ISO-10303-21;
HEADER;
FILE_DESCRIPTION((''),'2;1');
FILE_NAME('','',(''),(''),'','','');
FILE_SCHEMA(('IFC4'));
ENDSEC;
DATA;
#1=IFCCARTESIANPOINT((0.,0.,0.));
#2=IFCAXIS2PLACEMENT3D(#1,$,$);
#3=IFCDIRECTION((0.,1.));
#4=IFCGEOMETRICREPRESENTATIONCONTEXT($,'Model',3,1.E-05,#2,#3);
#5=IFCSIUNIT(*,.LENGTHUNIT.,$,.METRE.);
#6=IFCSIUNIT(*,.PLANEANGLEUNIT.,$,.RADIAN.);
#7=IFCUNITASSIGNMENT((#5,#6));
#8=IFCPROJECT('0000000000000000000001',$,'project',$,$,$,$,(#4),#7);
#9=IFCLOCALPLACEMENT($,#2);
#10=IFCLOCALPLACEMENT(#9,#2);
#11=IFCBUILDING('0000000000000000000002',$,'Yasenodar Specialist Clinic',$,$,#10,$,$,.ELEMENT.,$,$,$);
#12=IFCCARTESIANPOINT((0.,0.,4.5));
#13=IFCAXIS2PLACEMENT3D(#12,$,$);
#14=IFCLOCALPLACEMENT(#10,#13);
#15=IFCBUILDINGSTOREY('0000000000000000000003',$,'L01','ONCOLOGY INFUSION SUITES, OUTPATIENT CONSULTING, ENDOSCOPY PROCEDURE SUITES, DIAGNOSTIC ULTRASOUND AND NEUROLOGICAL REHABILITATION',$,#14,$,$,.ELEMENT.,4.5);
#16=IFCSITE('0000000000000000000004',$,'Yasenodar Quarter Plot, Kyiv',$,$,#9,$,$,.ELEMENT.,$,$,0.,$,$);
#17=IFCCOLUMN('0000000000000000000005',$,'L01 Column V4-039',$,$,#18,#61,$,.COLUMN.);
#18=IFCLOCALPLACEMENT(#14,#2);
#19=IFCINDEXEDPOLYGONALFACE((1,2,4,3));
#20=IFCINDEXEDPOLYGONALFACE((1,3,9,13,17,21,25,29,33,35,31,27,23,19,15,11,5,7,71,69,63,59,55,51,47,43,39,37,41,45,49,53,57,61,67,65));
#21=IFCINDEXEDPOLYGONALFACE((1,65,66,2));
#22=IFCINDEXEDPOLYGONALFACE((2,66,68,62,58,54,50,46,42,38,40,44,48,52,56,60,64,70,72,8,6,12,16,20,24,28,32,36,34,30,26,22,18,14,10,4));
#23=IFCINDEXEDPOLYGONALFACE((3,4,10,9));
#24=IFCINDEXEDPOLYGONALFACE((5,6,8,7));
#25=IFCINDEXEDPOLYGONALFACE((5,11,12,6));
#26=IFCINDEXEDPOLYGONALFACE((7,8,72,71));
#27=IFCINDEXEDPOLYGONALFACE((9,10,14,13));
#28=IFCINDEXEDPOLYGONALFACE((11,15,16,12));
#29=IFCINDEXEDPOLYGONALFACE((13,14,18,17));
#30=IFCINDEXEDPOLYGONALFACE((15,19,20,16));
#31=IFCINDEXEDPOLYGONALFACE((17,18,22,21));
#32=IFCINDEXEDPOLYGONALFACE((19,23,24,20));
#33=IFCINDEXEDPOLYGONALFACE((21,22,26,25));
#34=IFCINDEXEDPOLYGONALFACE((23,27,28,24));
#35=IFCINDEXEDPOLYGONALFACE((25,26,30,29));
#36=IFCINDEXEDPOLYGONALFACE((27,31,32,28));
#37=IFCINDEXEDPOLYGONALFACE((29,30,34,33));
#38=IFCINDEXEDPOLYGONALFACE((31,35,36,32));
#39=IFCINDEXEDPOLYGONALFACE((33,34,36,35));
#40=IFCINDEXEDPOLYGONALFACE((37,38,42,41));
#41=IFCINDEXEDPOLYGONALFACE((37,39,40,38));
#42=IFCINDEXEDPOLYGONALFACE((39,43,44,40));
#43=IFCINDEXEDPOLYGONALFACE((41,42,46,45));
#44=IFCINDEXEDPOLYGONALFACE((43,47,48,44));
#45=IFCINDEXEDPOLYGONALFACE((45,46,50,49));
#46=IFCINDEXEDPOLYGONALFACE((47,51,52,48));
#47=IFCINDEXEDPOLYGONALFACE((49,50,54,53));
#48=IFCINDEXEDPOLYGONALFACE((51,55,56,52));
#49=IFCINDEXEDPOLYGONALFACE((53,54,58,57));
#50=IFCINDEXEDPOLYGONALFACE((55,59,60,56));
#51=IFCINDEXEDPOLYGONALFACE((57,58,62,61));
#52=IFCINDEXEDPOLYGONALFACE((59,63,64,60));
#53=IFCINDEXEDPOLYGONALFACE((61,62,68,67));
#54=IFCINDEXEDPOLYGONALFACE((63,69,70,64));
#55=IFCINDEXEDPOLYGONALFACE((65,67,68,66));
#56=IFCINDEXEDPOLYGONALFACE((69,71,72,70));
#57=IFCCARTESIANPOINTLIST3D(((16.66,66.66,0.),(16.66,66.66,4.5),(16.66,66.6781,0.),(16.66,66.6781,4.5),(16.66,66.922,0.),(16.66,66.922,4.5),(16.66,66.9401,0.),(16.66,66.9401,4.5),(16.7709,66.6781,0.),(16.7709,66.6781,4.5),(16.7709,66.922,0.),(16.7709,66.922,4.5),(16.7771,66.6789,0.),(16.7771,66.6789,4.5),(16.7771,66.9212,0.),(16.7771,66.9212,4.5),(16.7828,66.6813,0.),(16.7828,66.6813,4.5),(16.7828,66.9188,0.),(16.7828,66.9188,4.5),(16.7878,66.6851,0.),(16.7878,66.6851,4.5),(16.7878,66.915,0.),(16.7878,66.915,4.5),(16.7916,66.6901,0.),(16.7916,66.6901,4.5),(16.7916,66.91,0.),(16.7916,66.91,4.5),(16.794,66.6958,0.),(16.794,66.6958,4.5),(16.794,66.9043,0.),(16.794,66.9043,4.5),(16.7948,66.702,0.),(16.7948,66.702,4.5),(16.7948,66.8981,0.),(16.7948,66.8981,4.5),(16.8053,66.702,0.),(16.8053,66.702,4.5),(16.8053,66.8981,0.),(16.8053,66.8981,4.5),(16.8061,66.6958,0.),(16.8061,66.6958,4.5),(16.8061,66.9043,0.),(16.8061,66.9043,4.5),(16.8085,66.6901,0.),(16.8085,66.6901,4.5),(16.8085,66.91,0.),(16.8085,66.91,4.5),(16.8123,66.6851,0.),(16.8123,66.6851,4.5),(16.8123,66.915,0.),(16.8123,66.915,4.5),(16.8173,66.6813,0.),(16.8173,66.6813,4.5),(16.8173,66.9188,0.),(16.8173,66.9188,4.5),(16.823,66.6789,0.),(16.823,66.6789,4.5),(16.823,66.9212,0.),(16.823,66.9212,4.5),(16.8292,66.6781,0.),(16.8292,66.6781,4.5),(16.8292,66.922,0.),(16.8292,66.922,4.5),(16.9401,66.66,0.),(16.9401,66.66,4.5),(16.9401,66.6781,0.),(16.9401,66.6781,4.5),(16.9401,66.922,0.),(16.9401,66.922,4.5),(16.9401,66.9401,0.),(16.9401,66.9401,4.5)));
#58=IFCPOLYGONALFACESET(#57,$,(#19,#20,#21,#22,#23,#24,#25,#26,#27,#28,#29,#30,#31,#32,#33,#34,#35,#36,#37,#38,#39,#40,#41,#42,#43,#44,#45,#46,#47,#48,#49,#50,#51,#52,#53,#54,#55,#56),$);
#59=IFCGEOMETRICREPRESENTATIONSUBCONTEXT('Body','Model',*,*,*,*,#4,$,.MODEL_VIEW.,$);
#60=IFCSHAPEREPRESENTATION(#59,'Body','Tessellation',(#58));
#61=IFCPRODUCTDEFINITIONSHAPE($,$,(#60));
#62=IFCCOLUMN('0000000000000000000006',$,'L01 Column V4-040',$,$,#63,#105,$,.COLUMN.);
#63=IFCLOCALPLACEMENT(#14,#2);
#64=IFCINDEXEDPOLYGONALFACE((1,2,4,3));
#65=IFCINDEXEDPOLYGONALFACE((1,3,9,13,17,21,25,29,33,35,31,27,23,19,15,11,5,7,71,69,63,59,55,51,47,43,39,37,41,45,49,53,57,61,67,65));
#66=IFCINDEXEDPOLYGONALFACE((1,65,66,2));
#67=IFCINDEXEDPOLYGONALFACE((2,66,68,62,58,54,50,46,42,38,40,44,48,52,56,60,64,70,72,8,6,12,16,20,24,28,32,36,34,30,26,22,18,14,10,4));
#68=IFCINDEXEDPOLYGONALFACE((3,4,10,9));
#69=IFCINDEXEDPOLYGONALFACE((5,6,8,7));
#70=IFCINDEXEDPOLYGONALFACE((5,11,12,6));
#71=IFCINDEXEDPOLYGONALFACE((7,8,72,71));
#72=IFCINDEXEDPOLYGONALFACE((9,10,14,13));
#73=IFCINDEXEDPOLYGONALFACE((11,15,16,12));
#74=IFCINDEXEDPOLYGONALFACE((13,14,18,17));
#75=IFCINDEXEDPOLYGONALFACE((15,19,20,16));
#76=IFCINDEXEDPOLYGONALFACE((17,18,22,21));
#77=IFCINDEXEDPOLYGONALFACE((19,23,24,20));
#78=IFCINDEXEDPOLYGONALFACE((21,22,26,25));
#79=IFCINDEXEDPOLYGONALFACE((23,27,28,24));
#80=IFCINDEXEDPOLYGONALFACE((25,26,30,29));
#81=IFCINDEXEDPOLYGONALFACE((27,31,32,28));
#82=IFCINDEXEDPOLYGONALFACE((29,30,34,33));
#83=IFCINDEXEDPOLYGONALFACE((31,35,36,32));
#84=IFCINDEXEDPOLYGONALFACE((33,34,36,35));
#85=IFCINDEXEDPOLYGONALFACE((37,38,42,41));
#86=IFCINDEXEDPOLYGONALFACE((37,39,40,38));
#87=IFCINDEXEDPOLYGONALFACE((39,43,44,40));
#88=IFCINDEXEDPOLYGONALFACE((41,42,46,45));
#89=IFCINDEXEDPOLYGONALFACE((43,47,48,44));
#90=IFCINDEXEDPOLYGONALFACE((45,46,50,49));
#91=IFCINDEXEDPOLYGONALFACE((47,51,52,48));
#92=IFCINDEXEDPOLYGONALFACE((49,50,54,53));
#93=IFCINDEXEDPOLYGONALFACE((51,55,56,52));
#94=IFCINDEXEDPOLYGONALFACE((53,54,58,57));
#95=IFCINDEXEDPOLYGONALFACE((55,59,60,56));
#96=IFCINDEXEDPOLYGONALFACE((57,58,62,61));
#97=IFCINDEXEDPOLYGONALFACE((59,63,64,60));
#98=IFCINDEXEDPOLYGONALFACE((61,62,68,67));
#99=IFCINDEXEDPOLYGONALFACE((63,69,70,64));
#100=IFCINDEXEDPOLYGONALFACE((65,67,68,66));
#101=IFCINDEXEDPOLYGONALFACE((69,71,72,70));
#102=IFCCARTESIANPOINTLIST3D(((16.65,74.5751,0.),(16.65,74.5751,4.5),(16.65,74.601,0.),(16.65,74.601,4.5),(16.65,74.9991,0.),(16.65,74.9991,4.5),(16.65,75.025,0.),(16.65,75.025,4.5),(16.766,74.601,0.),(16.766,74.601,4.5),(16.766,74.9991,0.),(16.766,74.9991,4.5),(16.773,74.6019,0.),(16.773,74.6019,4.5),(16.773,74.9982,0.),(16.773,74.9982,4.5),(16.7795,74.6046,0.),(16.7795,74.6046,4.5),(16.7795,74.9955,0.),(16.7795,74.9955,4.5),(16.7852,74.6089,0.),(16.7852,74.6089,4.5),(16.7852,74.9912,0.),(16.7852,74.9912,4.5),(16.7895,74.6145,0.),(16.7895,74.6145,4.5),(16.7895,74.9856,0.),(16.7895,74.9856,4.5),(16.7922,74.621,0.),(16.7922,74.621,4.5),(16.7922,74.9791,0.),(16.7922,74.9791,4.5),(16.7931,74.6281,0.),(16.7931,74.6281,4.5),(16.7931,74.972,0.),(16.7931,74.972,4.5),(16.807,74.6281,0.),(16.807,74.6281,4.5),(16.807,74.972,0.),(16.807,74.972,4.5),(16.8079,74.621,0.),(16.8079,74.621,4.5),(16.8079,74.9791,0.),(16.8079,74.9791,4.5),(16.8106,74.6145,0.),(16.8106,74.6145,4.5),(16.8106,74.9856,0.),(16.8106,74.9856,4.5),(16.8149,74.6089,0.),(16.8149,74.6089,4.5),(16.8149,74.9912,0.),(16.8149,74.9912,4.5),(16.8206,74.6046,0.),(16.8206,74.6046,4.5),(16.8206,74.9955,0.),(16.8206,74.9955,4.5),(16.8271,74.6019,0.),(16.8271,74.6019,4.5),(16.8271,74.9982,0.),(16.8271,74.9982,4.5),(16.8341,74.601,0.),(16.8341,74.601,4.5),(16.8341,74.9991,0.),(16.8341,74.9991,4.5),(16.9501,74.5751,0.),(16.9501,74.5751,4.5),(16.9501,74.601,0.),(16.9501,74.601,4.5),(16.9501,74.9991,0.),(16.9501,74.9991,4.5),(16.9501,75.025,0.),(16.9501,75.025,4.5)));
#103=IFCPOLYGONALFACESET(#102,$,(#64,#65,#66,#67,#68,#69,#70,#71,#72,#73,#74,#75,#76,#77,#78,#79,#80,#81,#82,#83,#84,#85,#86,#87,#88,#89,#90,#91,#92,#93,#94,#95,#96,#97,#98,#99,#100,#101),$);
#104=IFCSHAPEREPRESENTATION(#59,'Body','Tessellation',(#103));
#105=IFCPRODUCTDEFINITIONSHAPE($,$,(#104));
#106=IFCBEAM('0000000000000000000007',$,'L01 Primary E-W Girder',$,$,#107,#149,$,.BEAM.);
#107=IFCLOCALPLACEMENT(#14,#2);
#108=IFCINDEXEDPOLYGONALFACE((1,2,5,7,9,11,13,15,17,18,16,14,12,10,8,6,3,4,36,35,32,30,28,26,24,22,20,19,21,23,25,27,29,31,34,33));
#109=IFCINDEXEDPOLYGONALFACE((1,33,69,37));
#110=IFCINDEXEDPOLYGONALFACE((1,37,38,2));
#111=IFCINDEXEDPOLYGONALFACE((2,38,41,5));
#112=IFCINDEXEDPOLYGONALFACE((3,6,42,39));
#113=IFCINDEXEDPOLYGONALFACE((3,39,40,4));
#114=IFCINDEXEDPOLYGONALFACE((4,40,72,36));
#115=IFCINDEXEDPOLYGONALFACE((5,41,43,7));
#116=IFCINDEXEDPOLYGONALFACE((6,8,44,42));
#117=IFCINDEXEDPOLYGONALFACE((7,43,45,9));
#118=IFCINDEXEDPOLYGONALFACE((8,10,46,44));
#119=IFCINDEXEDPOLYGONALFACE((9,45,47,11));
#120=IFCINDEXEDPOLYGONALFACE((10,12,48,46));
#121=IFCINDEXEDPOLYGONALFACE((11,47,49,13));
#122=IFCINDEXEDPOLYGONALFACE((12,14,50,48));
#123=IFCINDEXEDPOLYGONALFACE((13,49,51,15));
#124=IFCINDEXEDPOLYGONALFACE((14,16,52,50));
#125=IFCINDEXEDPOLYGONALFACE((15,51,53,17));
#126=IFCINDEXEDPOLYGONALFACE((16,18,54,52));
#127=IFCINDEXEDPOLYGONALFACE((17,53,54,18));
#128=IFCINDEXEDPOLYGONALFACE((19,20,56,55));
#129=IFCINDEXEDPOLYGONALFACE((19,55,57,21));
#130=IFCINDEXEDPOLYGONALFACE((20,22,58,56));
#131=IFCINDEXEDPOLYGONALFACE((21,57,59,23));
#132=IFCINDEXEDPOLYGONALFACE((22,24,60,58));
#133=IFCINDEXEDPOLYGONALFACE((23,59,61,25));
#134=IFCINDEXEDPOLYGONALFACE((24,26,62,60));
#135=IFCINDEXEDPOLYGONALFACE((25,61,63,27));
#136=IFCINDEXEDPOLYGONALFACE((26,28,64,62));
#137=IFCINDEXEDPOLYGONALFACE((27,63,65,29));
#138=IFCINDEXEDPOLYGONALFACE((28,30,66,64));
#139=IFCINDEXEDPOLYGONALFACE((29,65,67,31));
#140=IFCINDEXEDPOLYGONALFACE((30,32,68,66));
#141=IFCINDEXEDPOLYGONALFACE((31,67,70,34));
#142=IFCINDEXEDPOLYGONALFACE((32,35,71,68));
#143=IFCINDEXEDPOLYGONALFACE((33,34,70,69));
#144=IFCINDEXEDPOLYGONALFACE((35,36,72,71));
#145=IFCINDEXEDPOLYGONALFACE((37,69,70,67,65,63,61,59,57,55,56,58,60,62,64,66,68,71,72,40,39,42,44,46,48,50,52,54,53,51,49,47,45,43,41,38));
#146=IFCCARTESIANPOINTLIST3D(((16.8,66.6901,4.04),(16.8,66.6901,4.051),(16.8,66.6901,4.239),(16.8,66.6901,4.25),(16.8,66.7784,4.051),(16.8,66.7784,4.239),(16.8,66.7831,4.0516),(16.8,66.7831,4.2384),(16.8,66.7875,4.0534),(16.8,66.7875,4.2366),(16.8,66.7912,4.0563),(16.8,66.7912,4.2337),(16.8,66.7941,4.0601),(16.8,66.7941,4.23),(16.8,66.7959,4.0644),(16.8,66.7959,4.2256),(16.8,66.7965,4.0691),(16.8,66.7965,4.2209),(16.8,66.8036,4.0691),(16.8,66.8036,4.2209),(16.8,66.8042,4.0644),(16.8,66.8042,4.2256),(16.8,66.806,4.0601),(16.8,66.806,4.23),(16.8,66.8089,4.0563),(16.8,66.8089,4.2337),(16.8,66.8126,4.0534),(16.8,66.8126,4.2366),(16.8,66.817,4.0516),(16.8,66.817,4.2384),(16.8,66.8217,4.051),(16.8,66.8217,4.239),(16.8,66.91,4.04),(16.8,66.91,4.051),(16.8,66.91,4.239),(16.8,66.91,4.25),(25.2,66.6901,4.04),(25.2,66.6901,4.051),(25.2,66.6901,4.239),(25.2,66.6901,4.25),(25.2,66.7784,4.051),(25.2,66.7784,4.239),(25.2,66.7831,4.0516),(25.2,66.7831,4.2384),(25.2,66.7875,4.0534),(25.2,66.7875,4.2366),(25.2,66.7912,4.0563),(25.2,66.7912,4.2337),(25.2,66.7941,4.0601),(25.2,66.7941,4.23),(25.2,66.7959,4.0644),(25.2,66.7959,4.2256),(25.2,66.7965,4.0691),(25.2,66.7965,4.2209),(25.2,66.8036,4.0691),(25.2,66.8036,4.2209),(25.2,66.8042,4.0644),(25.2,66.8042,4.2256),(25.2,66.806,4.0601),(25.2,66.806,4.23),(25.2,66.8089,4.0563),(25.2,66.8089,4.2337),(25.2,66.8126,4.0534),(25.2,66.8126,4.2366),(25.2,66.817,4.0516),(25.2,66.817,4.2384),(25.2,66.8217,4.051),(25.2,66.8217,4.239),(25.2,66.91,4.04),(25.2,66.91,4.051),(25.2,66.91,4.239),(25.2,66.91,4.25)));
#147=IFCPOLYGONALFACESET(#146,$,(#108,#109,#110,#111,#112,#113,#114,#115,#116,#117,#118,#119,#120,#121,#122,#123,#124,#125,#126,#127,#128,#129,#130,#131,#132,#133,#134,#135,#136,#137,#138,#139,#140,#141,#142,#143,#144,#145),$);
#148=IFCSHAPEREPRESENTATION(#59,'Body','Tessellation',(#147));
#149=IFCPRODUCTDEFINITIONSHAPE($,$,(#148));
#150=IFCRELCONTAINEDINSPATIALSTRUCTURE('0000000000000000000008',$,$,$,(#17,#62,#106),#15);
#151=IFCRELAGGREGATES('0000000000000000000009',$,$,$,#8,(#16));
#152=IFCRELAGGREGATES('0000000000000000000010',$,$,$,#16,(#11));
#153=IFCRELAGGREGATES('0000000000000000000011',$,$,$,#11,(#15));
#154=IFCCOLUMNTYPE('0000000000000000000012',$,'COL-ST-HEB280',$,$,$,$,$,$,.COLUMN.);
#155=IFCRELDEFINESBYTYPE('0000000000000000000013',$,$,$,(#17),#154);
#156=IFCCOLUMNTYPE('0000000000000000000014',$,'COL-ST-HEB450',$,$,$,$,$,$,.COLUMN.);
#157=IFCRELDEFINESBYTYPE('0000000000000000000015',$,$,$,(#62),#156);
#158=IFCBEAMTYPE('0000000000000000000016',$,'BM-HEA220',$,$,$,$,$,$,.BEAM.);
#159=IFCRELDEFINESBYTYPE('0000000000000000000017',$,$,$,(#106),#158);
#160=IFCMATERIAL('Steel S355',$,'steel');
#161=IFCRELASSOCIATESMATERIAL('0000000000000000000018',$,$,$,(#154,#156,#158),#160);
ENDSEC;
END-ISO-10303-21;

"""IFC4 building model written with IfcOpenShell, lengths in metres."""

from ifc_helpers import new_model, si_unit, direction, frame, origin, origin_2d, place, context, subcontext, project, spatial, i_section, extrude, material, material_profile, profile_set, type_object, element, save


model = new_model("IFC4")

# Units and contexts
model_context = context("Model", 3, precision=1e-05, world=origin(), true_north=direction((0.0, 1.0)))
body_context = subcontext(model_context, "Body", "Model", "MODEL_VIEW")
ifc_project = project(units=[si_unit("LENGTHUNIT", "METRE"), si_unit("PLANEANGLEUNIT", "RADIAN")], contexts=[model_context])

# Site, building, storey
site_placement = place(None, origin())
site = spatial("IfcSite", under=ifc_project, at=site_placement, Name="Yasenodar Quarter Plot, Kyiv", CompositionType="ELEMENT", RefElevation=0.0)
building_placement = place(site_placement, origin())
building = spatial("IfcBuilding", under=site, at=building_placement, Name="Yasenodar Specialist Clinic", CompositionType="ELEMENT")
storey_placement = place(building_placement, frame((0.0, 0.0, 4.5)))
storey = spatial("IfcBuildingStorey", under=building, at=storey_placement, Name="L01", Description="ONCOLOGY INFUSION SUITES, OUTPATIENT CONSULTING, ENDOSCOPY PROCEDURE SUITES, DIAGNOSTIC ULTRASOUND AND NEUROLOGICAL REHABILITATION", CompositionType="ELEMENT", Elevation=4.5)

# Columns
ifc_material_1 = material(Name="Steel S355", Category="steel")
ifc_material_profile_1 = material_profile(ifc_material_1, i_section(OverallWidth=0.28, OverallDepth=0.28, WebThickness=0.0105, FlangeThickness=0.0181, FilletRadius=0.0239, at=origin_2d()), Name="HEB 280")
ifc_profile_set_1 = profile_set([ifc_material_profile_1], Name="Steel S355")
column_type_1 = type_object("IfcColumnType", Name="COL-ST-HEB280", PredefinedType="COLUMN", material=ifc_profile_set_1)
column_1_placement = place(storey_placement, frame((16.8, 66.8, 0.0), z_axis=(0.0, 0.0, 1.0), x_axis=(1.0, 0.0, 0.0)))
element("IfcColumn", 1, at=column_1_placement, inside=storey, type_object=column_type_1, Name="L01 Column V4-039", PredefinedType="COLUMN", context=body_context, shape_type="SweptSolid", body=[
    extrude(i_section(OverallWidth=0.28, OverallDepth=0.28, WebThickness=0.0105, FlangeThickness=0.0181, FilletRadius=0.0239, at=origin_2d()), origin(), (0.0, 0.0, 1.0), 4.5),
])
ifc_material_profile_2 = material_profile(ifc_material_1, i_section(OverallWidth=0.3, OverallDepth=0.45, WebThickness=0.0139, FlangeThickness=0.0259, FilletRadius=0.0271, at=origin_2d()), Name="HEB 450")
ifc_profile_set_2 = profile_set([ifc_material_profile_2], Name="Steel S355")
column_type_2 = type_object("IfcColumnType", Name="COL-ST-HEB450", PredefinedType="COLUMN", material=ifc_profile_set_2)
column_2_placement = place(storey_placement, frame((16.8, 74.8, 0.0), z_axis=(0.0, 0.0, 1.0), x_axis=(1.0, 0.0, 0.0)))
element("IfcColumn", 2, at=column_2_placement, inside=storey, type_object=column_type_2, Name="L01 Column V4-040", PredefinedType="COLUMN", context=body_context, shape_type="SweptSolid", body=[
    extrude(i_section(OverallWidth=0.3, OverallDepth=0.45, WebThickness=0.0139, FlangeThickness=0.0259, FilletRadius=0.0271, at=origin_2d()), origin(), (0.0, 0.0, 1.0), 4.5),
])

# Beam
ifc_material_profile_3 = material_profile(ifc_material_1, i_section(OverallWidth=0.22, OverallDepth=0.21, WebThickness=0.0071, FlangeThickness=0.011, FilletRadius=0.0181, at=origin_2d()), Name="HEA 220")
ifc_profile_set_3 = profile_set([ifc_material_profile_3], Name="Steel S355")
beam_type_1 = type_object("IfcBeamType", Name="BM-HEA220", PredefinedType="BEAM", material=ifc_profile_set_3)
beam_1_placement = place(storey_placement, frame((16.8, 66.8, 4.145), z_axis=(1.0, 0.0, 0.0), x_axis=(0.0, 1.0, 0.0)))
element("IfcBeam", 3, at=beam_1_placement, inside=storey, type_object=beam_type_1, Name="L01 Primary E-W Girder", PredefinedType="BEAM", context=body_context, shape_type="SweptSolid", body=[
    extrude(i_section(OverallWidth=0.22, OverallDepth=0.21, WebThickness=0.0071, FlangeThickness=0.011, FilletRadius=0.0181, at=origin_2d()), origin(), (0.0, 0.0, 1.0), 8.3999),
])

save(model, "model.ifc")
